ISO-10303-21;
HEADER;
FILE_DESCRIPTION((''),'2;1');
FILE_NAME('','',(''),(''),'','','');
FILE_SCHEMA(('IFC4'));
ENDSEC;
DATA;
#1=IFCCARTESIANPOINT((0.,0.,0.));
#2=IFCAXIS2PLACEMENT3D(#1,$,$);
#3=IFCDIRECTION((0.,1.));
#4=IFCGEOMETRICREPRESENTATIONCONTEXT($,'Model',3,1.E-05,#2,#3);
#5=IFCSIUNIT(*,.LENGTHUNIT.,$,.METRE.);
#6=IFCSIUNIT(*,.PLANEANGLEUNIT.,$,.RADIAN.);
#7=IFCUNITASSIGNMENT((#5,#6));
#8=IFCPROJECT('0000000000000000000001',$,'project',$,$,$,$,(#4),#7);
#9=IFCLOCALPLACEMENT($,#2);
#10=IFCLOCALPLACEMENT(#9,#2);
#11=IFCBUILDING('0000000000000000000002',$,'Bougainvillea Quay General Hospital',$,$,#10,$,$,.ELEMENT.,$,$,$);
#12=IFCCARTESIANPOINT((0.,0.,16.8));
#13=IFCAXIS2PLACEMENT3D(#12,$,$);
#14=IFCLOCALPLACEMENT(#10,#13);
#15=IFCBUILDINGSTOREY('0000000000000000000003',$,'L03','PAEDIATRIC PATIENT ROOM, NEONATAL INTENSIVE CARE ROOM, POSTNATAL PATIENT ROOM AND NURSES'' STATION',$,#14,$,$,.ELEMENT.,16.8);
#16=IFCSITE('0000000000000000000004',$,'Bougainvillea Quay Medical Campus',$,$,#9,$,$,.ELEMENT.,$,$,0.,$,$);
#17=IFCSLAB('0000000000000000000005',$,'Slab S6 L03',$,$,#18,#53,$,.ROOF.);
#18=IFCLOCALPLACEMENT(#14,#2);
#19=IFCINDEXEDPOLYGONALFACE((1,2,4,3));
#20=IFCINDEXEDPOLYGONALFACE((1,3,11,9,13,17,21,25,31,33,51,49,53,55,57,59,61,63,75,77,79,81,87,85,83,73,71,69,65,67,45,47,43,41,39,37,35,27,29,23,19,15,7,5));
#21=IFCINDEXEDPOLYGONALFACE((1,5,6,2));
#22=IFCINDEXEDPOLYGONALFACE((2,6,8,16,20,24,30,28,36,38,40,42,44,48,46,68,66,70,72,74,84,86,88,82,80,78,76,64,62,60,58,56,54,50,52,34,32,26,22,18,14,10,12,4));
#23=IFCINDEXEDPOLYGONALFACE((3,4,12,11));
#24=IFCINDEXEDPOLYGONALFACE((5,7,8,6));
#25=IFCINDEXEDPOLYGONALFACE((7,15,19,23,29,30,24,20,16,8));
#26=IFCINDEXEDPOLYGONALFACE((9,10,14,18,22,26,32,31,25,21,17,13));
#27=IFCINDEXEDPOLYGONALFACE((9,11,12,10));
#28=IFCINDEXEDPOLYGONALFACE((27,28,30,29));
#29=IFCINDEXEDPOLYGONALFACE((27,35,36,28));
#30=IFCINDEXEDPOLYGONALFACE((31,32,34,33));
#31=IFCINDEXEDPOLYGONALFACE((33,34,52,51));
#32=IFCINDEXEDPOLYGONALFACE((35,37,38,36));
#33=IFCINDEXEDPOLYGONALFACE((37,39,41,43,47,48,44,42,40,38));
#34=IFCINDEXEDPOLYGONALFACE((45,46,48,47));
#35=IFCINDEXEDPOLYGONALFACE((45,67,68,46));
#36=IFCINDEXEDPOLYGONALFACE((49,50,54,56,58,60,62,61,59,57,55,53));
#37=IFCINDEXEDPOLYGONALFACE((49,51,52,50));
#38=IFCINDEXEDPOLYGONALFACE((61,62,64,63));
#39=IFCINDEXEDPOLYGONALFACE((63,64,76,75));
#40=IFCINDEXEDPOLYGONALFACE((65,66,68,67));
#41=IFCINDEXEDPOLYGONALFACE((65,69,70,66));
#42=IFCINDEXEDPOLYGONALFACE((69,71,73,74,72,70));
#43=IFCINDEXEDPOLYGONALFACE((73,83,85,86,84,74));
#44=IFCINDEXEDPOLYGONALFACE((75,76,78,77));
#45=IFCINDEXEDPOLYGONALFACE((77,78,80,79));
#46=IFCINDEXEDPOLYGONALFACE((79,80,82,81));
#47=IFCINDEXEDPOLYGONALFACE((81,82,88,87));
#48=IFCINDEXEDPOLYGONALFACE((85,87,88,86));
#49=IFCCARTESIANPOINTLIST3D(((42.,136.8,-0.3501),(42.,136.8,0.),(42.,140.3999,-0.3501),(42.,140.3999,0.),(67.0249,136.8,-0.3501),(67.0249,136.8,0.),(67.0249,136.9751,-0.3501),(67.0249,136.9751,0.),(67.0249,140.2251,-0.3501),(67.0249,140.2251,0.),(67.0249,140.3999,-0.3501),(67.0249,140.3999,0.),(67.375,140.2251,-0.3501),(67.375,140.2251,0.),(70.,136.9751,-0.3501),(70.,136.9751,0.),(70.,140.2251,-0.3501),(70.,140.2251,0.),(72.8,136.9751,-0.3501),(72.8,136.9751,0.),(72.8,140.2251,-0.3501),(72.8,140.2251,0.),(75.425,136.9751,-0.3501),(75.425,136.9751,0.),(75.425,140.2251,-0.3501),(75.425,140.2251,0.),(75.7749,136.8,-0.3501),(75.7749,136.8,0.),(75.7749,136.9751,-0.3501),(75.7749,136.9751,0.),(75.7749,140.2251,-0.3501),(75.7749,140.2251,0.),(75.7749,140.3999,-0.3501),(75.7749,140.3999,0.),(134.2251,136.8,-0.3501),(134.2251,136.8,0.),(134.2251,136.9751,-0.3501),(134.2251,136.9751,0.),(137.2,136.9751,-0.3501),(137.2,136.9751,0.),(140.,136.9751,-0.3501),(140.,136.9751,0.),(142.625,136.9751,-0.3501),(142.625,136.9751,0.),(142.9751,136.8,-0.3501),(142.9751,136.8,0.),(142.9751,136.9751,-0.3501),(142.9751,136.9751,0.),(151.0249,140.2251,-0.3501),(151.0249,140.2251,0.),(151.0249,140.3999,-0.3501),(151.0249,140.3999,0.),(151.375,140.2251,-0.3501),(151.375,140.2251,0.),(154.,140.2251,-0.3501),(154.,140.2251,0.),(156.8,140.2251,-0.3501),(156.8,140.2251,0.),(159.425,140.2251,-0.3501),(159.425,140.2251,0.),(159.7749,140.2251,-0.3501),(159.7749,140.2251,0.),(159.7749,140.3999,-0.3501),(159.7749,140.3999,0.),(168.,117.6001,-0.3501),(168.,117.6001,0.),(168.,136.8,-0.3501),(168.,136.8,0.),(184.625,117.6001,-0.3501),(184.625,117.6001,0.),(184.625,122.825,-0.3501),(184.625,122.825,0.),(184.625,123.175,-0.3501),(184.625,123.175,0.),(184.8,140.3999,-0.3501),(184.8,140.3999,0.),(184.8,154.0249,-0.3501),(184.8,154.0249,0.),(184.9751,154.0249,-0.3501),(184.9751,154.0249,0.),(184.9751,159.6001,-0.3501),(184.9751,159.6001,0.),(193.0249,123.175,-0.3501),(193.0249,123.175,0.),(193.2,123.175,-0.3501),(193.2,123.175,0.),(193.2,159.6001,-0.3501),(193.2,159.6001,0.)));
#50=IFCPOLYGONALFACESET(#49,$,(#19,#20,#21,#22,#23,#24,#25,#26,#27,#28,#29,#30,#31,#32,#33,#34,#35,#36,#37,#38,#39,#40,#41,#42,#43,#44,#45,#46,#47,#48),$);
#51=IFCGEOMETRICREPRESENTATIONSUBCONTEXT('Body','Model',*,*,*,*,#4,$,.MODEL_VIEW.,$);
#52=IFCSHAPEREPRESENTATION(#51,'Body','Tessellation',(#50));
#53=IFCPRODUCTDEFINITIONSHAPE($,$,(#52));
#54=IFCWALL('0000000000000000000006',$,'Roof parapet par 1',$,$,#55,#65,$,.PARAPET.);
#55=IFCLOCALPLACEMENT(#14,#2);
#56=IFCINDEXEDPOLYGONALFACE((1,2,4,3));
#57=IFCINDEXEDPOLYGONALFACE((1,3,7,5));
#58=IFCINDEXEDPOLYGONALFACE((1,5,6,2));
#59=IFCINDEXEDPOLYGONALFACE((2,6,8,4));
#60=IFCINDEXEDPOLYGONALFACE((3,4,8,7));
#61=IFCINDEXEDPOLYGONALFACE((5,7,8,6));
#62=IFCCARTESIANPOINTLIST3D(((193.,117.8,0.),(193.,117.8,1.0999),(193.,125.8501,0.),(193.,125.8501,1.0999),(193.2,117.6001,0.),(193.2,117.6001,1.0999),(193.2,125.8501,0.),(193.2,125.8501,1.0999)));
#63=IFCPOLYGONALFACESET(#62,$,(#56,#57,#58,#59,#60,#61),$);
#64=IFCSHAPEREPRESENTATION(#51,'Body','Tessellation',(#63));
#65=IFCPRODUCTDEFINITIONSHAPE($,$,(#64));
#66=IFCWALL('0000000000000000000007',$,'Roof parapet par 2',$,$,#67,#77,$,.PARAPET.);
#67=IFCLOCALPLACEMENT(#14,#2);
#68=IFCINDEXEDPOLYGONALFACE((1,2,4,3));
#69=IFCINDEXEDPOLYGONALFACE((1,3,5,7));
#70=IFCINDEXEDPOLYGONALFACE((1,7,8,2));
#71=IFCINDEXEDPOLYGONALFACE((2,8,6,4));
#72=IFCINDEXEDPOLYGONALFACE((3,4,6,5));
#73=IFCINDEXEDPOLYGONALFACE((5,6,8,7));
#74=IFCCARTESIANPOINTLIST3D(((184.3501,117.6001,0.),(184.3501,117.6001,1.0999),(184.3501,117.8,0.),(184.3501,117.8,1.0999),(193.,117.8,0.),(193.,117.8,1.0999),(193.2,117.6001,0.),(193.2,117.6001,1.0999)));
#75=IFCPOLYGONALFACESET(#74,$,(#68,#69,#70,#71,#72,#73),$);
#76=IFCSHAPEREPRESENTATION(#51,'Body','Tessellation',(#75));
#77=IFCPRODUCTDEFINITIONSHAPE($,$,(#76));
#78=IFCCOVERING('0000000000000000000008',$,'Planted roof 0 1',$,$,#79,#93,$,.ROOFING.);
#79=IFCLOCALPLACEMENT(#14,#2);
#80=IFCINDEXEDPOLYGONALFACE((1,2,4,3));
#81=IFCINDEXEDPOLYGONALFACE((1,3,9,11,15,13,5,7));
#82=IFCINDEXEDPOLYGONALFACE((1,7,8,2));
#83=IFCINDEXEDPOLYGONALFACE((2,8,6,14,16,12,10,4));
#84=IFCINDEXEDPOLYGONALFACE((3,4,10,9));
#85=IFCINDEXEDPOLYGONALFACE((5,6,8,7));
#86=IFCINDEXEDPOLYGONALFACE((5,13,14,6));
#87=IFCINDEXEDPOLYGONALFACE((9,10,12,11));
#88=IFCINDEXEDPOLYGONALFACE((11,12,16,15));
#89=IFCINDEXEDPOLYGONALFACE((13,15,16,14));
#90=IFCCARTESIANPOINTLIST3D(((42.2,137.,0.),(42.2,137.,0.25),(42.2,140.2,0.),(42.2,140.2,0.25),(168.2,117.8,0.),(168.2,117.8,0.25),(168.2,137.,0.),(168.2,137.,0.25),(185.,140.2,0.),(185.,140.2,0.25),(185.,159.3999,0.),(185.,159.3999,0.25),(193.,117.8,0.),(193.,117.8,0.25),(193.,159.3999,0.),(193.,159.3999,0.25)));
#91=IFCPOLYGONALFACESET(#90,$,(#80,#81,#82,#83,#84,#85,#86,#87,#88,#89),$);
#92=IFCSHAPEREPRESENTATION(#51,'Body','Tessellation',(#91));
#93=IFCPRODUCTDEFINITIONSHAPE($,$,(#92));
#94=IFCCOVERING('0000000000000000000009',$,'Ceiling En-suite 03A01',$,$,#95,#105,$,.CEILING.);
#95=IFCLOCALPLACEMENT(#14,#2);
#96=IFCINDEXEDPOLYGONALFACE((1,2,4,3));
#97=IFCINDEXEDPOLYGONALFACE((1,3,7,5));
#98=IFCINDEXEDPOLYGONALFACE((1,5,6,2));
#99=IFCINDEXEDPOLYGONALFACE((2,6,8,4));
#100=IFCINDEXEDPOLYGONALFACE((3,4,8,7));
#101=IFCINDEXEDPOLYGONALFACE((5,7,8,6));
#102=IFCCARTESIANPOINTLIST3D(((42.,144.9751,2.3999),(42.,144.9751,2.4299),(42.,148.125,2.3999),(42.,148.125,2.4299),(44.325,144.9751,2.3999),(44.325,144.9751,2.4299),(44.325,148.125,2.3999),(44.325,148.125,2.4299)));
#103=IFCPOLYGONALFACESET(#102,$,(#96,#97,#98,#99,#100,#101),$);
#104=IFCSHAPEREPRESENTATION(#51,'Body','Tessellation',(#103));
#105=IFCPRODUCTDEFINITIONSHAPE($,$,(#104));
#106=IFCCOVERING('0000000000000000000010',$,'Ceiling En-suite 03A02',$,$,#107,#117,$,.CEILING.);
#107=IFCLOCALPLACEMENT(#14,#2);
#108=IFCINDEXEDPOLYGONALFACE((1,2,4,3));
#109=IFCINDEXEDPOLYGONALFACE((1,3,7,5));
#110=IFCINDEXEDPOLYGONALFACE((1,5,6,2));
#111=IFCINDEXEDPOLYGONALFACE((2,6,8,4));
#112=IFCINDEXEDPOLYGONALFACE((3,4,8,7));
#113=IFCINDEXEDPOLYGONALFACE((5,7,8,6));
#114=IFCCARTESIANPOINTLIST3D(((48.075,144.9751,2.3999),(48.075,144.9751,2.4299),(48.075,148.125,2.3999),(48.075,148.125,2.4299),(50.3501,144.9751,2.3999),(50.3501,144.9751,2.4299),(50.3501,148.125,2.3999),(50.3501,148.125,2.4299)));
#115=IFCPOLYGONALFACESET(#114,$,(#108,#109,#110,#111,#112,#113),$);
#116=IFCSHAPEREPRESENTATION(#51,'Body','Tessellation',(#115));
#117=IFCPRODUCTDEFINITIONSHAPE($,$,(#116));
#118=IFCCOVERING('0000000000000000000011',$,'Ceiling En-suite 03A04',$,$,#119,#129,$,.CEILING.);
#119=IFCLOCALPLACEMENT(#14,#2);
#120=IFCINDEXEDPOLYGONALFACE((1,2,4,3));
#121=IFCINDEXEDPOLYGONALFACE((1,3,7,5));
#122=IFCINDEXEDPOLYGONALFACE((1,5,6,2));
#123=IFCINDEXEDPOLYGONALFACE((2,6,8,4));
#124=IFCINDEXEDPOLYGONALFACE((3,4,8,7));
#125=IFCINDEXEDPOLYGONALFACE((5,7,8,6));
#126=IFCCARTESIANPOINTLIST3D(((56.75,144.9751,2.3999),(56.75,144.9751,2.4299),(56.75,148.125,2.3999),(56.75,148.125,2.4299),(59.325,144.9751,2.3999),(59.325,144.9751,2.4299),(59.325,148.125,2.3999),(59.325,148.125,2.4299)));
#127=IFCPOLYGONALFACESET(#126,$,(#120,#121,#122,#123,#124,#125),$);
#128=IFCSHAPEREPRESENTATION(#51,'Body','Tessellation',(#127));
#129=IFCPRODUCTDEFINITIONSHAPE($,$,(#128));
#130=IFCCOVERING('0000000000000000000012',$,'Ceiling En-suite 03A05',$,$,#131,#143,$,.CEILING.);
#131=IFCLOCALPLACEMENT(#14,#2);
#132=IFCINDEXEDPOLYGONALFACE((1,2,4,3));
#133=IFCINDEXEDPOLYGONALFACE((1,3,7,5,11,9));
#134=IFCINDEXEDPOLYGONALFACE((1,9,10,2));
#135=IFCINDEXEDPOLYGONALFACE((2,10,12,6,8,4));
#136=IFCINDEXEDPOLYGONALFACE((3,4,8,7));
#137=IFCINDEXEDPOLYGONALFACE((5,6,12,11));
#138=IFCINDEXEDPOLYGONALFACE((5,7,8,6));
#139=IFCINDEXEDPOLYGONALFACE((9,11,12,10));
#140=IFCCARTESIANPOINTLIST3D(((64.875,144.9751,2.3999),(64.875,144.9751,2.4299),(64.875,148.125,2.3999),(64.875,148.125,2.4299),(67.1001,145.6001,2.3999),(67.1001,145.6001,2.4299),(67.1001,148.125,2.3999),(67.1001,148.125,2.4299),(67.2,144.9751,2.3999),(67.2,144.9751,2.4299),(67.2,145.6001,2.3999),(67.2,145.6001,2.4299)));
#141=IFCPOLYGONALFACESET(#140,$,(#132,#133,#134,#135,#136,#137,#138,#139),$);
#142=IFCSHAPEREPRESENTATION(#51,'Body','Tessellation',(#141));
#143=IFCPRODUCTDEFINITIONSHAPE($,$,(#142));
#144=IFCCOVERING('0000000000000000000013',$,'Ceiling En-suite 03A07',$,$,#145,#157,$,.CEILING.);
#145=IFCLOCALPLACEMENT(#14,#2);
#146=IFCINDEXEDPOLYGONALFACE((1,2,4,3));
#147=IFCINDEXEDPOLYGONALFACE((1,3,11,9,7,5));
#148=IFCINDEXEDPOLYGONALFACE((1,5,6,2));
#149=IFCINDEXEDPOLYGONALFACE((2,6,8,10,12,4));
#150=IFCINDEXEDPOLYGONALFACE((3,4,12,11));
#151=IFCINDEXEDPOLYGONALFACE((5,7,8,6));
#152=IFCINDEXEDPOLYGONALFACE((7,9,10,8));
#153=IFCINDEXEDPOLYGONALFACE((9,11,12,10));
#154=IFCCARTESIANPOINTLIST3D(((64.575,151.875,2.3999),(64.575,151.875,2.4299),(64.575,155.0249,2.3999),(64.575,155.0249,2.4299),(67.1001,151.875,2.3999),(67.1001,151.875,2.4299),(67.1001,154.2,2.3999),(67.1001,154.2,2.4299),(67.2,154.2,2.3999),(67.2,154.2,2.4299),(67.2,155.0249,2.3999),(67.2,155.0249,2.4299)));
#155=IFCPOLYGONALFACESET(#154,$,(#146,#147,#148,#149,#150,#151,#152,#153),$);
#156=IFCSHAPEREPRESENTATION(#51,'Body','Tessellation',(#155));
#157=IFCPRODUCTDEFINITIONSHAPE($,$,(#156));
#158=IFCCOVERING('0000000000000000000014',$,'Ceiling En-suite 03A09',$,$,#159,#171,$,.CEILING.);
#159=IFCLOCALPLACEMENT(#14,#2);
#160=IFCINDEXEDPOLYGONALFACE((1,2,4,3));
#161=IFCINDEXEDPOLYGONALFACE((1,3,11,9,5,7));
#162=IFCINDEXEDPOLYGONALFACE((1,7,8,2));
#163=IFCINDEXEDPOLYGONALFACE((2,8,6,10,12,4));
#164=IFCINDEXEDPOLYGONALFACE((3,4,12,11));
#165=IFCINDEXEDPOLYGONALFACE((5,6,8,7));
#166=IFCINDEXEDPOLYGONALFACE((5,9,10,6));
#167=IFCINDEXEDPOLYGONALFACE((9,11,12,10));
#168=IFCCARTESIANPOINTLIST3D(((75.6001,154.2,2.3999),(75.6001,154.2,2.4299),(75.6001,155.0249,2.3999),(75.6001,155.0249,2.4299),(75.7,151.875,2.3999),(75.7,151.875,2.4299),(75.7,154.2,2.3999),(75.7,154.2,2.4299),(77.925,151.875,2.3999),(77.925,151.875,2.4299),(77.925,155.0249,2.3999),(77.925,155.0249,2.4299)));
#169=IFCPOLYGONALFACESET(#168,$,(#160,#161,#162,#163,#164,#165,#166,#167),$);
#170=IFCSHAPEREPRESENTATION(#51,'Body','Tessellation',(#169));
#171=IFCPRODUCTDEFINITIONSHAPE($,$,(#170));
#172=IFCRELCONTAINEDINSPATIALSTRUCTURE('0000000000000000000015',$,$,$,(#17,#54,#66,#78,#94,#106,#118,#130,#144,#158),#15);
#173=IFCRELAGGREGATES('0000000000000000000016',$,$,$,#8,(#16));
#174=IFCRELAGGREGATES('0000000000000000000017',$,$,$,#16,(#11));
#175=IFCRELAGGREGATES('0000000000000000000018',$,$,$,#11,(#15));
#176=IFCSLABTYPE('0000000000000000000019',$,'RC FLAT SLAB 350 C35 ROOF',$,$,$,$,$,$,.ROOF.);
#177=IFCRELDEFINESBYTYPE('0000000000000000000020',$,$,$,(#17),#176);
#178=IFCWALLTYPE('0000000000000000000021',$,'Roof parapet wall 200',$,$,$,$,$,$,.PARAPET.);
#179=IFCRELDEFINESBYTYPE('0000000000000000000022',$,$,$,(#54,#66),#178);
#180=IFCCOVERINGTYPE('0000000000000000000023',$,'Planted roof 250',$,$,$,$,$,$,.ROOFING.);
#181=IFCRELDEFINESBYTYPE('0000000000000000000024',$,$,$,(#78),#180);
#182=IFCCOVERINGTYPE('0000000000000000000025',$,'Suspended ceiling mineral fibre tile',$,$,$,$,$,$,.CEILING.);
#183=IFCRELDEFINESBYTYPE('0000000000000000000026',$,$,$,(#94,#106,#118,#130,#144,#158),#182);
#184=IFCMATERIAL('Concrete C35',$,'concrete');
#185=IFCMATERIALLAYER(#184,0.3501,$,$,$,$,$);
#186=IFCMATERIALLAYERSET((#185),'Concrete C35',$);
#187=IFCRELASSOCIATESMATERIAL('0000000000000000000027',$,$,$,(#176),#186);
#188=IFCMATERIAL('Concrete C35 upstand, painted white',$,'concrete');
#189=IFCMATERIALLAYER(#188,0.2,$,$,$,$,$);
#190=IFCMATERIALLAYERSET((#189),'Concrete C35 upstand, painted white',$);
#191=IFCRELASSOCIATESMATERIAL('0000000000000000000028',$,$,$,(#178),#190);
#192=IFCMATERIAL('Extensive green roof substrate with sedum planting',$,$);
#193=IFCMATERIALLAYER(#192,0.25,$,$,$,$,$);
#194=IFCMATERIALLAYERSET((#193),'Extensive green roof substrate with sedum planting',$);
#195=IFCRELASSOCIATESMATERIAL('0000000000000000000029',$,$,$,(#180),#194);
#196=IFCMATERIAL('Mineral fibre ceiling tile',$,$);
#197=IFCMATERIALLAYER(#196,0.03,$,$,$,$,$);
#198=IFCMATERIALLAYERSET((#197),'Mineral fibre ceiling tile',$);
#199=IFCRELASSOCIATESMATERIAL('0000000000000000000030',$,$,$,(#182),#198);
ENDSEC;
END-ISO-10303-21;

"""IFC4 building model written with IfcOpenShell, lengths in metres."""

from ifc_helpers import new_model, si_unit, direction, frame, origin, place, context, subcontext, project, spatial, polyline, outline, extrude, material, layer, layer_set, type_object, element, save


model = new_model("IFC4")

# Units and contexts
model_context = context("Model", 3, precision=1e-05, world=origin(), true_north=direction((0.0, 1.0)))
body_context = subcontext(model_context, "Body", "Model", "MODEL_VIEW")
ifc_project = project(units=[si_unit("LENGTHUNIT", "METRE"), si_unit("PLANEANGLEUNIT", "RADIAN")], contexts=[model_context])

# Site, building, storey
site_placement = place(None, origin())
site = spatial("IfcSite", under=ifc_project, at=site_placement, Name="Bougainvillea Quay Medical Campus", CompositionType="ELEMENT", RefElevation=0.0)
building_placement = place(site_placement, origin())
building = spatial("IfcBuilding", under=site, at=building_placement, Name="Bougainvillea Quay General Hospital", CompositionType="ELEMENT")
storey_placement = place(building_placement, frame((0.0, 0.0, 16.8)))
storey = spatial("IfcBuildingStorey", under=building, at=storey_placement, Name="L03", Description="PAEDIATRIC PATIENT ROOM, NEONATAL INTENSIVE CARE ROOM, POSTNATAL PATIENT ROOM AND NURSES' STATION", CompositionType="ELEMENT", Elevation=16.8)

# Slab
ifc_material_1 = material(Name="Concrete C35", Category="concrete")
ifc_layer_1 = layer(ifc_material_1, 0.3501)
ifc_layer_set_1 = layer_set([ifc_layer_1], Name="Concrete C35")
slab_type_1 = type_object("IfcSlabType", Name="RC FLAT SLAB 350 C35 ROOF", PredefinedType="ROOF", material=ifc_layer_set_1)
slab_1_placement = place(storey_placement, frame((0.0, 0.0, -0.3501)))
element("IfcSlab", 1, at=slab_1_placement, inside=storey, type_object=slab_type_1, Name="Slab S6 L03", PredefinedType="ROOF", context=body_context, shape_type="SweptSolid", body=[
    extrude(outline(polyline([(168.0, 117.6001), (184.625, 117.6001), (184.625, 122.825), (184.625, 123.175), (193.0249, 123.175), (193.2, 123.175), (193.2, 159.6001), (184.9751, 159.6001), (184.9751, 154.0249), (184.8, 154.0249), (184.8, 140.3999), (159.7749, 140.3999), (159.7749, 140.2251), (159.425, 140.2251), (156.8, 140.2251), (154.0, 140.2251), (151.375, 140.2251), (151.0249, 140.2251), (151.0249, 140.3999), (75.7749, 140.3999), (75.7749, 140.2251), (75.425, 140.2251), (72.8, 140.2251), (70.0, 140.2251), (67.375, 140.2251), (67.0249, 140.2251), (67.0249, 140.3999), (42.0, 140.3999), (42.0, 136.8), (67.0249, 136.8), (67.0249, 136.9751), (70.0, 136.9751), (72.8, 136.9751), (75.425, 136.9751), (75.7749, 136.9751), (75.7749, 136.8), (134.2251, 136.8), (134.2251, 136.9751), (137.2, 136.9751), (140.0, 136.9751), (142.625, 136.9751), (142.9751, 136.9751), (142.9751, 136.8), (168.0, 136.8), (168.0, 117.6001)])), origin(), (0.0, 0.0, 1.0), 0.3501),
])

# Walls
ifc_material_2 = material(Name="Concrete C35 upstand, painted white", Category="concrete")
ifc_layer_2 = layer(ifc_material_2, 0.2)
ifc_layer_set_2 = layer_set([ifc_layer_2], Name="Concrete C35 upstand, painted white")
wall_type = type_object("IfcWallType", Name="Roof parapet wall 200", PredefinedType="PARAPET", material=ifc_layer_set_2)
wall_1_placement = place(storey_placement, origin())
element("IfcWall", 2, at=wall_1_placement, inside=storey, type_object=wall_type, Name="Roof parapet par 1", PredefinedType="PARAPET", context=body_context, shape_type="SweptSolid", body=[
    extrude(outline(polyline([(193.0, 117.8), (193.0, 125.8501), (193.2, 125.8501), (193.2, 117.6001), (193.0, 117.8)])), origin(), (0.0, 0.0, 1.0), 1.0999),
])
wall_2_placement = place(storey_placement, origin())
element("IfcWall", 3, at=wall_2_placement, inside=storey, type_object=wall_type, Name="Roof parapet par 2", PredefinedType="PARAPET", context=body_context, shape_type="SweptSolid", body=[
    extrude(outline(polyline([(184.3501, 117.8), (193.0, 117.8), (193.2, 117.6001), (184.3501, 117.6001), (184.3501, 117.8)])), origin(), (0.0, 0.0, 1.0), 1.0999),
])

# Coverings
ifc_material_3 = material(Name="Extensive green roof substrate with sedum planting")
ifc_layer_3 = layer(ifc_material_3, 0.25)
ifc_layer_set_3 = layer_set([ifc_layer_3], Name="Extensive green roof substrate with sedum planting")
covering_type_1 = type_object("IfcCoveringType", Name="Planted roof 250", PredefinedType="ROOFING", material=ifc_layer_set_3)
covering_1_placement = place(storey_placement, origin())
element("IfcCovering", 4, at=covering_1_placement, inside=storey, type_object=covering_type_1, Name="Planted roof 0 1", PredefinedType="ROOFING", context=body_context, shape_type="SweptSolid", body=[
    extrude(outline(polyline([(168.2, 117.8), (168.2, 137.0), (42.2, 137.0), (42.2, 140.2), (185.0, 140.2), (185.0, 159.3999), (193.0, 159.3999), (193.0, 117.8), (168.2, 117.8)])), origin(), (0.0, 0.0, 1.0), 0.25),
])
ifc_material_4 = material(Name="Mineral fibre ceiling tile")
ifc_layer_4 = layer(ifc_material_4, 0.03)
ifc_layer_set_4 = layer_set([ifc_layer_4], Name="Mineral fibre ceiling tile")
covering_type_2 = type_object("IfcCoveringType", Name="Suspended ceiling mineral fibre tile", PredefinedType="CEILING", material=ifc_layer_set_4)
covering_2_placement = place(storey_placement, frame((0.0, 0.0, 2.3999)))
element("IfcCovering", 5, at=covering_2_placement, inside=storey, type_object=covering_type_2, Name="Ceiling En-suite 03A01", PredefinedType="CEILING", context=body_context, shape_type="SweptSolid", body=[
    extrude(outline(polyline([(42.0, 144.9751), (44.325, 144.9751), (44.325, 148.125), (42.0, 148.125), (42.0, 144.9751)])), origin(), (0.0, 0.0, 1.0), 0.03),
])
covering_3_placement = place(storey_placement, frame((0.0, 0.0, 2.3999)))
element("IfcCovering", 6, at=covering_3_placement, inside=storey, type_object=covering_type_2, Name="Ceiling En-suite 03A02", PredefinedType="CEILING", context=body_context, shape_type="SweptSolid", body=[
    extrude(outline(polyline([(48.075, 144.9751), (50.3501, 144.9751), (50.3501, 148.125), (48.075, 148.125), (48.075, 144.9751)])), origin(), (0.0, 0.0, 1.0), 0.03),
])
covering_4_placement = place(storey_placement, frame((0.0, 0.0, 2.3999)))
element("IfcCovering", 7, at=covering_4_placement, inside=storey, type_object=covering_type_2, Name="Ceiling En-suite 03A04", PredefinedType="CEILING", context=body_context, shape_type="SweptSolid", body=[
    extrude(outline(polyline([(56.75, 144.9751), (59.325, 144.9751), (59.325, 148.125), (56.75, 148.125), (56.75, 144.9751)])), origin(), (0.0, 0.0, 1.0), 0.03),
])
covering_5_placement = place(storey_placement, frame((0.0, 0.0, 2.3999)))
element("IfcCovering", 8, at=covering_5_placement, inside=storey, type_object=covering_type_2, Name="Ceiling En-suite 03A05", PredefinedType="CEILING", context=body_context, shape_type="SweptSolid", body=[
    extrude(outline(polyline([(67.2, 145.6001), (67.1001, 145.6001), (67.1001, 148.125), (64.875, 148.125), (64.875, 144.9751), (67.2, 144.9751), (67.2, 145.6001)])), origin(), (0.0, 0.0, 1.0), 0.03),
])
covering_6_placement = place(storey_placement, frame((0.0, 0.0, 2.3999)))
element("IfcCovering", 9, at=covering_6_placement, inside=storey, type_object=covering_type_2, Name="Ceiling En-suite 03A07", PredefinedType="CEILING", context=body_context, shape_type="SweptSolid", body=[
    extrude(outline(polyline([(67.2, 155.0249), (64.575, 155.0249), (64.575, 151.875), (67.1001, 151.875), (67.1001, 154.2), (67.2, 154.2), (67.2, 155.0249)])), origin(), (0.0, 0.0, 1.0), 0.03),
])
covering_7_placement = place(storey_placement, frame((0.0, 0.0, 2.3999)))
element("IfcCovering", 10, at=covering_7_placement, inside=storey, type_object=covering_type_2, Name="Ceiling En-suite 03A09", PredefinedType="CEILING", context=body_context, shape_type="SweptSolid", body=[
    extrude(outline(polyline([(75.6001, 154.2), (75.7, 154.2), (75.7, 151.875), (77.925, 151.875), (77.925, 155.0249), (75.6001, 155.0249), (75.6001, 154.2)])), origin(), (0.0, 0.0, 1.0), 0.03),
])

save(model, "model.ifc")
